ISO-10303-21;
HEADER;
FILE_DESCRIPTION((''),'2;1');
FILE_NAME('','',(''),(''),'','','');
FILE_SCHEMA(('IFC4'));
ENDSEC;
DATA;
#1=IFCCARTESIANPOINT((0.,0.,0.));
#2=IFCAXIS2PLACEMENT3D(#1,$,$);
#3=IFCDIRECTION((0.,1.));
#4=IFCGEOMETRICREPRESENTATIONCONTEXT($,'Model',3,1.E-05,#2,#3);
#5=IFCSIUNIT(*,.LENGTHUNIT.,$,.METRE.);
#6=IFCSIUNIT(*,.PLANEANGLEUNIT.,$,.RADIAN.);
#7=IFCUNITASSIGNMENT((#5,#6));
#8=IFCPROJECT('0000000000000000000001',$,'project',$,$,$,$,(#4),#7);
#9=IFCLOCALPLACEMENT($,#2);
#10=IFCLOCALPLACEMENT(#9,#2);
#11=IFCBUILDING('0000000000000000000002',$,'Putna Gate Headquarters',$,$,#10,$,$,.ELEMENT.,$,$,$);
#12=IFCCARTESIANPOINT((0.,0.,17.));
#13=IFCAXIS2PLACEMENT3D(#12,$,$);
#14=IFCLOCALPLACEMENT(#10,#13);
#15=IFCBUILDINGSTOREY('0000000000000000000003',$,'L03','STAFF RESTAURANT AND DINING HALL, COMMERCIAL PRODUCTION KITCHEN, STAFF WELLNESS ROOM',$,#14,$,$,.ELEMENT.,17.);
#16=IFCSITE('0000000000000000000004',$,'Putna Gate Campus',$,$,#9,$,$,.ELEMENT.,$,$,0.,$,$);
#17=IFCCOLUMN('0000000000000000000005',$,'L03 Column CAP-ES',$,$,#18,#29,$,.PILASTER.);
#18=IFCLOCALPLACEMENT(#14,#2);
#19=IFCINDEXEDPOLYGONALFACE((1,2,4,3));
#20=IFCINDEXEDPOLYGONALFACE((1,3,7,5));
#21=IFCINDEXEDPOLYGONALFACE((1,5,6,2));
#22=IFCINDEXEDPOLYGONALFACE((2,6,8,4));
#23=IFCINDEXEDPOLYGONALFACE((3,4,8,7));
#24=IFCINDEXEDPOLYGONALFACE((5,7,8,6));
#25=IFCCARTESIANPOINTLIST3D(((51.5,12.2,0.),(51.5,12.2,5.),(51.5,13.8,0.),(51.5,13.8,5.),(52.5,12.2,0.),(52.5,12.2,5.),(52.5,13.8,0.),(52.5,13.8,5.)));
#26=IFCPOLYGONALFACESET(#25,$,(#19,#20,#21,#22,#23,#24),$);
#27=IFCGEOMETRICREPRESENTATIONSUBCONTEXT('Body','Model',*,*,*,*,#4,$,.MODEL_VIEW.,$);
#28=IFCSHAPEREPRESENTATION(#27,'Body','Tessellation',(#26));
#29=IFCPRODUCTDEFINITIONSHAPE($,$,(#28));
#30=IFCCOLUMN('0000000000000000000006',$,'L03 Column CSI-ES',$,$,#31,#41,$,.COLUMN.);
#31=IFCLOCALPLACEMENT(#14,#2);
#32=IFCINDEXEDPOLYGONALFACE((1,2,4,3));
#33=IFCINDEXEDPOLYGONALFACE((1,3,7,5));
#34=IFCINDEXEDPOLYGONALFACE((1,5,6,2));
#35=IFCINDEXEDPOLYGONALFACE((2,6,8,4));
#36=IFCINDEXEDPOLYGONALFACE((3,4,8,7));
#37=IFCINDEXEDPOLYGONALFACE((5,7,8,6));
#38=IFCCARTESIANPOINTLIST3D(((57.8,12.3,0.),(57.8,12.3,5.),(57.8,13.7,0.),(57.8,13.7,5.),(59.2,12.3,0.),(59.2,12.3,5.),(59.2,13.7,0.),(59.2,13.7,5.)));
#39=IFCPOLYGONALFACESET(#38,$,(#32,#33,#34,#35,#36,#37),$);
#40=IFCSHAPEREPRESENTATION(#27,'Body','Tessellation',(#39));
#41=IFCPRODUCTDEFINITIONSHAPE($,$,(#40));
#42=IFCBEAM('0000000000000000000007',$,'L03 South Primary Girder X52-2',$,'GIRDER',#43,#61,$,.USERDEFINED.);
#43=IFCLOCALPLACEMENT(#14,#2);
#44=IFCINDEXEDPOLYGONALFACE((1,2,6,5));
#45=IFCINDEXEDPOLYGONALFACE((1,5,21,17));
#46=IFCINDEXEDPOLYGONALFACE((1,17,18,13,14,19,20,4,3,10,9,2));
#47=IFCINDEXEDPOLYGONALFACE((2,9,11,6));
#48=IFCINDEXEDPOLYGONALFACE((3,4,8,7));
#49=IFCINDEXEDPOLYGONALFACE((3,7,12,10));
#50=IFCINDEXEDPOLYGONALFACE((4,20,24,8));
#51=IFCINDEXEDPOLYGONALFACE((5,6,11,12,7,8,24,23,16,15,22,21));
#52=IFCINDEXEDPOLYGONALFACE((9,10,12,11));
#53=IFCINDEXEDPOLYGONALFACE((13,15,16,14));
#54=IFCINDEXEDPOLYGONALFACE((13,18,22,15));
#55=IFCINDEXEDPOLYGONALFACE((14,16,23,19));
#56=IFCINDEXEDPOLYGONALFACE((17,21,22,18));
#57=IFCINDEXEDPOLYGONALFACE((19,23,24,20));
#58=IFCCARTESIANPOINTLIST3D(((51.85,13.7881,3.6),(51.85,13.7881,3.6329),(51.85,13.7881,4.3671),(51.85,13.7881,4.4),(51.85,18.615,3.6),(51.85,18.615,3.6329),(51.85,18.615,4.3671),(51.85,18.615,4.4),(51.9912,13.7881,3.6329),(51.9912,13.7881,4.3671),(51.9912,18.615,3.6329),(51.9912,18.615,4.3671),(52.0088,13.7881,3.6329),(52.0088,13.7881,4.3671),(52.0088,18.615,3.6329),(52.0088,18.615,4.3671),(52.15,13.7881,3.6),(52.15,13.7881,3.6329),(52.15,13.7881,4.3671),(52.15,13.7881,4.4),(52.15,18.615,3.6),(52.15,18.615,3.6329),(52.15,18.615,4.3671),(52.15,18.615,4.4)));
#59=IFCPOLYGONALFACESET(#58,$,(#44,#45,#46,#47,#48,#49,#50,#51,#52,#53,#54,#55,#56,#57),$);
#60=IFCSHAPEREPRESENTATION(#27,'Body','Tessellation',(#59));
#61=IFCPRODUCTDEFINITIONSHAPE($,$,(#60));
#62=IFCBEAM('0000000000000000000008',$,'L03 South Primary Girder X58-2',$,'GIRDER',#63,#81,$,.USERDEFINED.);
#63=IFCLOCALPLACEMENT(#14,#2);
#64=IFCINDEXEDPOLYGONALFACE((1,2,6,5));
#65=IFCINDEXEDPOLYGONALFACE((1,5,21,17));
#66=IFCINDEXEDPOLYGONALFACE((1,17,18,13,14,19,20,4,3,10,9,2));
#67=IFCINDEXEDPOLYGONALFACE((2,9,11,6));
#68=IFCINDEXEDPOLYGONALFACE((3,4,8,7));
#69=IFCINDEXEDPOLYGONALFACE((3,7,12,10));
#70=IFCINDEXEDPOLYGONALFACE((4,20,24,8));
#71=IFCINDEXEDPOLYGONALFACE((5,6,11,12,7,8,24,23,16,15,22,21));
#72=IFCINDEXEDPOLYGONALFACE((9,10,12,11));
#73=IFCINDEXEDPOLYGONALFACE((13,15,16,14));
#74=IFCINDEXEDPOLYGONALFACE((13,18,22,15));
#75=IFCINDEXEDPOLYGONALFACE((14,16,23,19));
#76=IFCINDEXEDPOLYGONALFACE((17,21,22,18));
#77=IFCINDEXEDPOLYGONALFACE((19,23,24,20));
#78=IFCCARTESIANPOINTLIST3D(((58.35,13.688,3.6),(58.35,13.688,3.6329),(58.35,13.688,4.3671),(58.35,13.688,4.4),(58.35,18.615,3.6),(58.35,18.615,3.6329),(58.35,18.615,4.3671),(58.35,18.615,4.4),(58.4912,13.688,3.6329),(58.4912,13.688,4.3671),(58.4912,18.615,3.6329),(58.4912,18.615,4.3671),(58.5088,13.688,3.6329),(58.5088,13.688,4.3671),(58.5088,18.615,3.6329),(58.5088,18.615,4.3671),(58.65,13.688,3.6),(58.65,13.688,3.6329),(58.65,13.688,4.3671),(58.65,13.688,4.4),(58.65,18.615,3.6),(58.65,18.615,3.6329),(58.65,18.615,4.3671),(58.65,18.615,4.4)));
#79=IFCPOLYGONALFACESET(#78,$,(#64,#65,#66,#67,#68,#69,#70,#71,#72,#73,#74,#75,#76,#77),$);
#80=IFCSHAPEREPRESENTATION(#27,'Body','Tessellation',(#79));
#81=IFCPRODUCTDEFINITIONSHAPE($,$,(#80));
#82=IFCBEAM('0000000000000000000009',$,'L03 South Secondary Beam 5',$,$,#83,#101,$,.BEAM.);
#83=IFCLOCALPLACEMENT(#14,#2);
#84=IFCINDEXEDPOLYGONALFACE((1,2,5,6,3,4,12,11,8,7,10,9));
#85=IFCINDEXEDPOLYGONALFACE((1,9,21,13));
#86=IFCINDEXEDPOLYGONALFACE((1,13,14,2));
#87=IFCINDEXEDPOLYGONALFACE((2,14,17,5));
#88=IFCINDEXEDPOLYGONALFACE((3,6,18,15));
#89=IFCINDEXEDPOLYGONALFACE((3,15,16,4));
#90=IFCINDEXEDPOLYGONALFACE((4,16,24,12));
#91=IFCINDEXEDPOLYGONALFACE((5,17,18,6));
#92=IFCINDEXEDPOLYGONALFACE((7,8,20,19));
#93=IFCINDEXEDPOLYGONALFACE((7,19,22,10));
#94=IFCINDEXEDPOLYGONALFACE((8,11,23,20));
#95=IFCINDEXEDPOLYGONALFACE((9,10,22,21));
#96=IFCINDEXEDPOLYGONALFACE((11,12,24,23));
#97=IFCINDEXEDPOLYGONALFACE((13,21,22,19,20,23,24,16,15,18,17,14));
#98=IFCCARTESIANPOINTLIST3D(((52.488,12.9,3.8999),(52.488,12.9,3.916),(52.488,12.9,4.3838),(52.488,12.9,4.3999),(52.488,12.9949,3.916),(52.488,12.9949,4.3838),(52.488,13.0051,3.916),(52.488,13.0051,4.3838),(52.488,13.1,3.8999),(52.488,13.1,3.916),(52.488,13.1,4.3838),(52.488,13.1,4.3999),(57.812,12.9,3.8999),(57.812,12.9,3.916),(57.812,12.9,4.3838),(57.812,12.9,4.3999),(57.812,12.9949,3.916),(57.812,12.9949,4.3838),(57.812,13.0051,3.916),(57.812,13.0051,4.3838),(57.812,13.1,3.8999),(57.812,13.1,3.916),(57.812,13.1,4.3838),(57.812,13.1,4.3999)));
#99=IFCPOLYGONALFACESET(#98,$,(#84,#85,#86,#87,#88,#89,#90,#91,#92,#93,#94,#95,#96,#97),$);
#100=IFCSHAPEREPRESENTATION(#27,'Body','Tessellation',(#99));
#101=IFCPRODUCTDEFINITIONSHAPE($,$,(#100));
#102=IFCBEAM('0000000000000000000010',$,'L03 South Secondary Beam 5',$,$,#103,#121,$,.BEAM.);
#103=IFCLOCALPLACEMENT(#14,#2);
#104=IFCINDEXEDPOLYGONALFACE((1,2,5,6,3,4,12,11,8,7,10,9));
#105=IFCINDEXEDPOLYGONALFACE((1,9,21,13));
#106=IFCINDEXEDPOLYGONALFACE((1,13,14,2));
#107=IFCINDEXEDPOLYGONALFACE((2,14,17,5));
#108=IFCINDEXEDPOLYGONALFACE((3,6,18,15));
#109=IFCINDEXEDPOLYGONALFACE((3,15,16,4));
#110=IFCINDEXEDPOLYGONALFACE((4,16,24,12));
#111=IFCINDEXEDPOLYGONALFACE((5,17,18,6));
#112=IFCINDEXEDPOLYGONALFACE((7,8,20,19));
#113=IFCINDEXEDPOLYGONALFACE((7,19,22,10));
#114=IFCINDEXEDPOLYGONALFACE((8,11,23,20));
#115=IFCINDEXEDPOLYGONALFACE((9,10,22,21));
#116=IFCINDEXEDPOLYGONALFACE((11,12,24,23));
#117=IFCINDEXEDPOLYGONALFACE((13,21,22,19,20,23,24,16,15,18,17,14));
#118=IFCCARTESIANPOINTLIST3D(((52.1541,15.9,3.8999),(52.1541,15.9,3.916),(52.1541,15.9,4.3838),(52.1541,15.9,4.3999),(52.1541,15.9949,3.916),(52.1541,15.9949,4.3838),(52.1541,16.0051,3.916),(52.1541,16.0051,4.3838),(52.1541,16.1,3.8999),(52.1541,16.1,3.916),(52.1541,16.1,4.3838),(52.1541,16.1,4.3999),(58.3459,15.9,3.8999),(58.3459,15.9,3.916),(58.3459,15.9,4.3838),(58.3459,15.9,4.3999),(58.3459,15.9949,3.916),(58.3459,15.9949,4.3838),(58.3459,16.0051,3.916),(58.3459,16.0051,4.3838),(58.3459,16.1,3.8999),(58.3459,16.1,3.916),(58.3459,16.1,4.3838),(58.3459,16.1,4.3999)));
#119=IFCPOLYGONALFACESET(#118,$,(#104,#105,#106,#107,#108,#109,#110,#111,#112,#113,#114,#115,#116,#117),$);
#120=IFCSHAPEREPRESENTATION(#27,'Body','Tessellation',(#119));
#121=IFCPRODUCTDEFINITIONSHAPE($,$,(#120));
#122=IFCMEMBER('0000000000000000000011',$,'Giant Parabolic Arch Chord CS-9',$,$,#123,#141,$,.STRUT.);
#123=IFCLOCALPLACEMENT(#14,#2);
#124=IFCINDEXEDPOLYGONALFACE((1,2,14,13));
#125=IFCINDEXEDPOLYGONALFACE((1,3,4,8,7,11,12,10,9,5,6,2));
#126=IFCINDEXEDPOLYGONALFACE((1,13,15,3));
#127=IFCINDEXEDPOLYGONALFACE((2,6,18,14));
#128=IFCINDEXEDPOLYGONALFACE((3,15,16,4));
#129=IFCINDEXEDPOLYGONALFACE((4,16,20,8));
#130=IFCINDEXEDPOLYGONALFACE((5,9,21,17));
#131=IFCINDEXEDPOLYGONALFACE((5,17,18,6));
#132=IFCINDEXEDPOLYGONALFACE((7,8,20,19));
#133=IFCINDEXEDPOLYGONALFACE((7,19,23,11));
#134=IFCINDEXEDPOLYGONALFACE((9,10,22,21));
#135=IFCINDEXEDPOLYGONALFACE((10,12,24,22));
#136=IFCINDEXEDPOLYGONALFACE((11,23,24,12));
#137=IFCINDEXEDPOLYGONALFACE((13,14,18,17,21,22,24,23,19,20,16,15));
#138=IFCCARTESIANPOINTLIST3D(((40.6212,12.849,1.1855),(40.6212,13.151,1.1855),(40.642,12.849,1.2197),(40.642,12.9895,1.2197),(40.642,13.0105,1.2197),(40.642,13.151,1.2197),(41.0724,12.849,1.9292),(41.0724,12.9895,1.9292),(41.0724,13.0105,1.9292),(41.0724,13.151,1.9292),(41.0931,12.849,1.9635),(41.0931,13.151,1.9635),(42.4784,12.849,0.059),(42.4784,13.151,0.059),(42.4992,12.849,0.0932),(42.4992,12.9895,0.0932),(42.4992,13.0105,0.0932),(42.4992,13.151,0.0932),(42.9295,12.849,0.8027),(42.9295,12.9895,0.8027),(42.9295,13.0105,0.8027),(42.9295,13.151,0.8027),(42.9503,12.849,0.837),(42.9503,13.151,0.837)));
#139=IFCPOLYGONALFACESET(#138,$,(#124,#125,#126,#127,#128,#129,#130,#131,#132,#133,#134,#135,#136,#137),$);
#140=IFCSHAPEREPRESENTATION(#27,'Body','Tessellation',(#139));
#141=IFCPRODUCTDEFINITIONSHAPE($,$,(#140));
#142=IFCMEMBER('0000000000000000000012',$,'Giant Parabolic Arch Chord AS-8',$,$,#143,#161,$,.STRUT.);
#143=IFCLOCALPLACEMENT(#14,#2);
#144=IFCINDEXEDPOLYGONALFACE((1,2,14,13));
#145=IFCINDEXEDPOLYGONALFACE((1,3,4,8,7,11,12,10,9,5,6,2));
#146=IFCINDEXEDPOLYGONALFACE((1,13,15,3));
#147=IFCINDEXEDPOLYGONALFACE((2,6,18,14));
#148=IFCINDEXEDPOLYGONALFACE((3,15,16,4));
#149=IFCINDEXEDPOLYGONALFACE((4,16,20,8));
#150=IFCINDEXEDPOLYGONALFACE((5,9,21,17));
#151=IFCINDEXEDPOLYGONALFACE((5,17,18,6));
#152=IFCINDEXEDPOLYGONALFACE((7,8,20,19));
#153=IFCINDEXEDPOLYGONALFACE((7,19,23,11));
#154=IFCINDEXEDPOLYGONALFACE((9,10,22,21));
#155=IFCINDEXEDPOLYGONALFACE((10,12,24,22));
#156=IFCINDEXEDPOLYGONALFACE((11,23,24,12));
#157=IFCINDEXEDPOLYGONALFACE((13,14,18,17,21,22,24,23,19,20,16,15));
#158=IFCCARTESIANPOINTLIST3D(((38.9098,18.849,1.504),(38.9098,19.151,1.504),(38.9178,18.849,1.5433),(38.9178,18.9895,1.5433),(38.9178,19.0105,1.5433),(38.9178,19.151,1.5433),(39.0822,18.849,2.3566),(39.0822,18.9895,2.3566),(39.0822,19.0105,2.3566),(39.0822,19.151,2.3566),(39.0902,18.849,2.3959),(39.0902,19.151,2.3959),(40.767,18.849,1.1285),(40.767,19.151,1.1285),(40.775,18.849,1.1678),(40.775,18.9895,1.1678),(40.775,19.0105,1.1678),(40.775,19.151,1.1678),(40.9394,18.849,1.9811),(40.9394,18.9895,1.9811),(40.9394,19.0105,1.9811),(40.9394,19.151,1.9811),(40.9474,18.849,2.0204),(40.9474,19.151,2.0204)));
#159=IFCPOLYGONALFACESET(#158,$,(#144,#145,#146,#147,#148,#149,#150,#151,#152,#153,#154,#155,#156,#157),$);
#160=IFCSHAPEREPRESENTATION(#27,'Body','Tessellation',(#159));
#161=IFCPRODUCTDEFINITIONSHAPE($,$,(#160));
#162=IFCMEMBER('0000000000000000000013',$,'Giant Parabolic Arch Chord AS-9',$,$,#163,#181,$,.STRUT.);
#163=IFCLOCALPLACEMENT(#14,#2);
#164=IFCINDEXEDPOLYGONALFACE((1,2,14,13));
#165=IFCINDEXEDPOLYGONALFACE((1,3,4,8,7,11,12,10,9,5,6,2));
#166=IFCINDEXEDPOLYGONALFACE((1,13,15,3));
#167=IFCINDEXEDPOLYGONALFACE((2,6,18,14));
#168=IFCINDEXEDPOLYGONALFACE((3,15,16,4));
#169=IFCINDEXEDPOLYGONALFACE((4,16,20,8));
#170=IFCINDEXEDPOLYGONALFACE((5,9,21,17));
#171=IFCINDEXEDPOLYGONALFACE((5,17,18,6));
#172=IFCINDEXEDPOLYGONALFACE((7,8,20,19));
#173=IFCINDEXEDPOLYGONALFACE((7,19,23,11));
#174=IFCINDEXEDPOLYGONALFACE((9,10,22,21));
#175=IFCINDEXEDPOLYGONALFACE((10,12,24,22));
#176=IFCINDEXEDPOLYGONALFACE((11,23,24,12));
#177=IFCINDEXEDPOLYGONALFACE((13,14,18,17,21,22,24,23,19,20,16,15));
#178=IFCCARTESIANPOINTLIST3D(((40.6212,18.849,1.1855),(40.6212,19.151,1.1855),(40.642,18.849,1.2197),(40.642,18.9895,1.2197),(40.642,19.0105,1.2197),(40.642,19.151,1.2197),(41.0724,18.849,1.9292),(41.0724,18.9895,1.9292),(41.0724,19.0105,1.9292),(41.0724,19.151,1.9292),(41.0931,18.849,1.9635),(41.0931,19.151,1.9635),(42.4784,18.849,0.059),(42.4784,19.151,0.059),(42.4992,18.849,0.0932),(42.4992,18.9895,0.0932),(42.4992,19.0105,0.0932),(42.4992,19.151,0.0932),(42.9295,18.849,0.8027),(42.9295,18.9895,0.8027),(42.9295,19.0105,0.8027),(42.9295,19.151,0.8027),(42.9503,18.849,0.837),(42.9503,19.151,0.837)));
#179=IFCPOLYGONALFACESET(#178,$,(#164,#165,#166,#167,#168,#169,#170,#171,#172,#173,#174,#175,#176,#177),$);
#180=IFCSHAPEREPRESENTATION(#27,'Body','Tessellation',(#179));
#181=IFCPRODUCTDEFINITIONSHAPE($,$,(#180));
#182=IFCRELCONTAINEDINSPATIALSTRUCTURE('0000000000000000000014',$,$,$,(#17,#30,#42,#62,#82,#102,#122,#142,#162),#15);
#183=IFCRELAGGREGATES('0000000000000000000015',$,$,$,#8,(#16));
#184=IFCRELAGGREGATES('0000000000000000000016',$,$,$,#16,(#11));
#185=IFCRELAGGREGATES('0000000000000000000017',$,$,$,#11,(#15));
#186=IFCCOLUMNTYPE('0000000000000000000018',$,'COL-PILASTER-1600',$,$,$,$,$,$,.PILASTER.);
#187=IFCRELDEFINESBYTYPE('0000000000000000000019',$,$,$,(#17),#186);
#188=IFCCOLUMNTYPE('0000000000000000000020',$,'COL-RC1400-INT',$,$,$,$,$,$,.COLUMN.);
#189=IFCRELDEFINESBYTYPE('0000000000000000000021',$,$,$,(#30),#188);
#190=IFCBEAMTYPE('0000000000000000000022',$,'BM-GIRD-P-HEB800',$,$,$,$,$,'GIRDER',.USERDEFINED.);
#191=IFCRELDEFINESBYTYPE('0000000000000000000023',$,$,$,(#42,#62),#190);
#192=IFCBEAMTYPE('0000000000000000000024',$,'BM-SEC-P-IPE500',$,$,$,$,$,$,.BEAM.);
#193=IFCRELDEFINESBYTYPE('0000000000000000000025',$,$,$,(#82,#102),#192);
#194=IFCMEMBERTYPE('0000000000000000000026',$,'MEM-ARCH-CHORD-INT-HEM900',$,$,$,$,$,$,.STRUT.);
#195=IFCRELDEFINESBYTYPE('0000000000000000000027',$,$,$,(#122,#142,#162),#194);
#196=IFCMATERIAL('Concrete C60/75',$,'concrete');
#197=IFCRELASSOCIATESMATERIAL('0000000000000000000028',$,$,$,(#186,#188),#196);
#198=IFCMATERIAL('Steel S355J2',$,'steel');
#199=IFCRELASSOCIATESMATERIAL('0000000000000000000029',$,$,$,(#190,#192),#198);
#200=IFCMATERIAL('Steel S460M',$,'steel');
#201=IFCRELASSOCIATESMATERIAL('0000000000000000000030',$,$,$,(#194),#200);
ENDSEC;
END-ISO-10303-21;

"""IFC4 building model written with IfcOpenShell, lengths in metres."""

from ifc_helpers import new_model, si_unit, direction, frame, origin, origin_2d, place, context, subcontext, project, spatial, rectangle, i_section, extrude, material, material_profile, profile_set, type_object, element, save


model = new_model("IFC4")

# Units and contexts
model_context = context("Model", 3, precision=1e-05, world=origin(), true_north=direction((0.0, 1.0)))
body_context = subcontext(model_context, "Body", "Model", "MODEL_VIEW")
ifc_project = project(units=[si_unit("LENGTHUNIT", "METRE"), si_unit("PLANEANGLEUNIT", "RADIAN")], contexts=[model_context])

# Site, building, storey
site_placement = place(None, origin())
site = spatial("IfcSite", under=ifc_project, at=site_placement, Name="Putna Gate Campus", CompositionType="ELEMENT", RefElevation=0.0)
building_placement = place(site_placement, origin())
building = spatial("IfcBuilding", under=site, at=building_placement, Name="Putna Gate Headquarters", CompositionType="ELEMENT")
storey_placement = place(building_placement, frame((0.0, 0.0, 17.0)))
storey = spatial("IfcBuildingStorey", under=building, at=storey_placement, Name="L03", Description="STAFF RESTAURANT AND DINING HALL, COMMERCIAL PRODUCTION KITCHEN, STAFF WELLNESS ROOM", CompositionType="ELEMENT", Elevation=17.0)

# Columns
ifc_material_1 = material(Name="Concrete C60/75", Category="concrete")
ifc_material_profile_1 = material_profile(ifc_material_1, rectangle(XDim=1.0, YDim=1.6001, at=origin_2d()), Name="Concrete C60/75")
ifc_profile_set_1 = profile_set([ifc_material_profile_1], Name="Concrete C60/75")
column_type_1 = type_object("IfcColumnType", Name="COL-PILASTER-1600", PredefinedType="PILASTER", material=ifc_profile_set_1)
column_1_placement = place(storey_placement, frame((52.0, 13.0, 0.0), z_axis=(0.0, 0.0, 1.0), x_axis=(1.0, 0.0, 0.0)))
element("IfcColumn", 1, at=column_1_placement, inside=storey, type_object=column_type_1, Name="L03 Column CAP-ES", PredefinedType="PILASTER", context=body_context, shape_type="SweptSolid", body=[
    extrude(rectangle(XDim=1.0, YDim=1.6001, at=origin_2d()), origin(), (0.0, 0.0, 1.0), 5.0),
])
ifc_material_profile_2 = material_profile(ifc_material_1, rectangle(XDim=1.3999, YDim=1.3999, at=origin_2d()), Name="Concrete C60/75")
ifc_profile_set_2 = profile_set([ifc_material_profile_2], Name="Concrete C60/75")
column_type_2 = type_object("IfcColumnType", Name="COL-RC1400-INT", PredefinedType="COLUMN", material=ifc_profile_set_2)
column_2_placement = place(storey_placement, frame((58.5, 13.0, 0.0), z_axis=(0.0, 0.0, 1.0), x_axis=(1.0, 0.0, 0.0)))
element("IfcColumn", 2, at=column_2_placement, inside=storey, type_object=column_type_2, Name="L03 Column CSI-ES", PredefinedType="COLUMN", context=body_context, shape_type="SweptSolid", body=[
    extrude(rectangle(XDim=1.3999, YDim=1.3999, at=origin_2d()), origin(), (0.0, 0.0, 1.0), 5.0),
])

# Beams
ifc_material_2 = material(Name="Steel S355J2", Category="steel")
ifc_material_profile_3 = material_profile(ifc_material_2, i_section(OverallWidth=0.3, OverallDepth=0.8, WebThickness=0.0176, FlangeThickness=0.033, at=origin_2d()), Name="Steel S355J2")
ifc_profile_set_3 = profile_set([ifc_material_profile_3], Name="Steel S355J2")
beam_type_1 = type_object("IfcBeamType", Name="BM-GIRD-P-HEB800", ElementType="GIRDER", PredefinedType="USERDEFINED", material=ifc_profile_set_3)
beam_1_placement = place(storey_placement, frame((52.0, 13.7881, 4.0), z_axis=(0.0, 1.0, 0.0), x_axis=(-1.0, 0.0, 0.0)))
element("IfcBeam", 3, at=beam_1_placement, inside=storey, type_object=beam_type_1, Name="L03 South Primary Girder X52-2", ObjectType="GIRDER", PredefinedType="USERDEFINED", context=body_context, shape_type="SweptSolid", body=[
    extrude(i_section(OverallWidth=0.3, OverallDepth=0.8, WebThickness=0.0176, FlangeThickness=0.033, at=origin_2d()), origin(), (0.0, 0.0, 1.0), 4.8269),
])
beam_2_placement = place(storey_placement, frame((58.5, 13.688, 4.0), z_axis=(0.0, 1.0, 0.0), x_axis=(-1.0, 0.0, 0.0)))
element("IfcBeam", 4, at=beam_2_placement, inside=storey, type_object=beam_type_1, Name="L03 South Primary Girder X58-2", ObjectType="GIRDER", PredefinedType="USERDEFINED", context=body_context, shape_type="SweptSolid", body=[
    extrude(i_section(OverallWidth=0.3, OverallDepth=0.8, WebThickness=0.0176, FlangeThickness=0.033, at=origin_2d()), origin(), (0.0, 0.0, 1.0), 4.927),
])
ifc_material_profile_4 = material_profile(ifc_material_2, i_section(OverallWidth=0.2, OverallDepth=0.5, WebThickness=0.0103, FlangeThickness=0.0161, at=origin_2d()), Name="Steel S355J2")
ifc_profile_set_4 = profile_set([ifc_material_profile_4], Name="Steel S355J2")
beam_type_2 = type_object("IfcBeamType", Name="BM-SEC-P-IPE500", PredefinedType="BEAM", material=ifc_profile_set_4)
beam_3_placement = place(storey_placement, frame((52.488, 13.0, 4.1499), z_axis=(1.0, 0.0, 0.0), x_axis=(0.0, 1.0, 0.0)))
element("IfcBeam", 5, at=beam_3_placement, inside=storey, type_object=beam_type_2, Name="L03 South Secondary Beam 5", PredefinedType="BEAM", context=body_context, shape_type="SweptSolid", body=[
    extrude(i_section(OverallWidth=0.2, OverallDepth=0.5, WebThickness=0.0103, FlangeThickness=0.0161, at=origin_2d()), origin(), (0.0, 0.0, 1.0), 5.324),
])
beam_4_placement = place(storey_placement, frame((52.1541, 16.0, 4.1499), z_axis=(1.0, 0.0, 0.0), x_axis=(0.0, 1.0, 0.0)))
element("IfcBeam", 6, at=beam_4_placement, inside=storey, type_object=beam_type_2, Name="L03 South Secondary Beam 5", PredefinedType="BEAM", context=body_context, shape_type="SweptSolid", body=[
    extrude(i_section(OverallWidth=0.2, OverallDepth=0.5, WebThickness=0.0103, FlangeThickness=0.0161, at=origin_2d()), origin(), (0.0, 0.0, 1.0), 6.1919),
])

# Members
ifc_material_3 = material(Name="Steel S460M", Category="steel")
ifc_material_profile_5 = material_profile(ifc_material_3, i_section(OverallWidth=0.302, OverallDepth=0.9099, WebThickness=0.021, FlangeThickness=0.04, at=origin_2d()), Name="Steel S460M")
ifc_profile_set_5 = profile_set([ifc_material_profile_5], Name="Steel S460M")
member_type_1 = type_object("IfcMemberType", Name="MEM-ARCH-CHORD-INT-HEM900", PredefinedType="STRUT", material=ifc_profile_set_5)
member_1_placement = place(storey_placement, frame((40.8572, 13.0, 1.5745), z_axis=(0.855014, 0.0, -0.518606), x_axis=(0.0, 1.0, 0.0)))
element("IfcMember", 7, at=member_1_placement, inside=storey, type_object=member_type_1, Name="Giant Parabolic Arch Chord CS-9", PredefinedType="STRUT", context=body_context, shape_type="SweptSolid", body=[
    extrude(i_section(OverallWidth=0.302, OverallDepth=0.9099, WebThickness=0.021, FlangeThickness=0.04, at=origin_2d()), origin(), (0.0, 0.0, 1.0), 2.1721),
])
member_2_placement = place(storey_placement, frame((39.0, 19.0, 1.95), z_axis=(0.980167, 0.0, -0.198172), x_axis=(0.0, 1.0, 0.0)))
element("IfcMember", 8, at=member_2_placement, inside=storey, type_object=member_type_1, Name="Giant Parabolic Arch Chord AS-8", PredefinedType="STRUT", context=body_context, shape_type="SweptSolid", body=[
    extrude(i_section(OverallWidth=0.302, OverallDepth=0.9099, WebThickness=0.021, FlangeThickness=0.04, at=origin_2d()), origin(), (0.0, 0.0, 1.0), 1.8948),
])
member_3_placement = place(storey_placement, frame((40.8572, 19.0, 1.5745), z_axis=(0.855014, 0.0, -0.518606), x_axis=(0.0, 1.0, 0.0)))
element("IfcMember", 9, at=member_3_placement, inside=storey, type_object=member_type_1, Name="Giant Parabolic Arch Chord AS-9", PredefinedType="STRUT", context=body_context, shape_type="SweptSolid", body=[
    extrude(i_section(OverallWidth=0.302, OverallDepth=0.9099, WebThickness=0.021, FlangeThickness=0.04, at=origin_2d()), origin(), (0.0, 0.0, 1.0), 2.1721),
])

save(model, "model.ifc")
